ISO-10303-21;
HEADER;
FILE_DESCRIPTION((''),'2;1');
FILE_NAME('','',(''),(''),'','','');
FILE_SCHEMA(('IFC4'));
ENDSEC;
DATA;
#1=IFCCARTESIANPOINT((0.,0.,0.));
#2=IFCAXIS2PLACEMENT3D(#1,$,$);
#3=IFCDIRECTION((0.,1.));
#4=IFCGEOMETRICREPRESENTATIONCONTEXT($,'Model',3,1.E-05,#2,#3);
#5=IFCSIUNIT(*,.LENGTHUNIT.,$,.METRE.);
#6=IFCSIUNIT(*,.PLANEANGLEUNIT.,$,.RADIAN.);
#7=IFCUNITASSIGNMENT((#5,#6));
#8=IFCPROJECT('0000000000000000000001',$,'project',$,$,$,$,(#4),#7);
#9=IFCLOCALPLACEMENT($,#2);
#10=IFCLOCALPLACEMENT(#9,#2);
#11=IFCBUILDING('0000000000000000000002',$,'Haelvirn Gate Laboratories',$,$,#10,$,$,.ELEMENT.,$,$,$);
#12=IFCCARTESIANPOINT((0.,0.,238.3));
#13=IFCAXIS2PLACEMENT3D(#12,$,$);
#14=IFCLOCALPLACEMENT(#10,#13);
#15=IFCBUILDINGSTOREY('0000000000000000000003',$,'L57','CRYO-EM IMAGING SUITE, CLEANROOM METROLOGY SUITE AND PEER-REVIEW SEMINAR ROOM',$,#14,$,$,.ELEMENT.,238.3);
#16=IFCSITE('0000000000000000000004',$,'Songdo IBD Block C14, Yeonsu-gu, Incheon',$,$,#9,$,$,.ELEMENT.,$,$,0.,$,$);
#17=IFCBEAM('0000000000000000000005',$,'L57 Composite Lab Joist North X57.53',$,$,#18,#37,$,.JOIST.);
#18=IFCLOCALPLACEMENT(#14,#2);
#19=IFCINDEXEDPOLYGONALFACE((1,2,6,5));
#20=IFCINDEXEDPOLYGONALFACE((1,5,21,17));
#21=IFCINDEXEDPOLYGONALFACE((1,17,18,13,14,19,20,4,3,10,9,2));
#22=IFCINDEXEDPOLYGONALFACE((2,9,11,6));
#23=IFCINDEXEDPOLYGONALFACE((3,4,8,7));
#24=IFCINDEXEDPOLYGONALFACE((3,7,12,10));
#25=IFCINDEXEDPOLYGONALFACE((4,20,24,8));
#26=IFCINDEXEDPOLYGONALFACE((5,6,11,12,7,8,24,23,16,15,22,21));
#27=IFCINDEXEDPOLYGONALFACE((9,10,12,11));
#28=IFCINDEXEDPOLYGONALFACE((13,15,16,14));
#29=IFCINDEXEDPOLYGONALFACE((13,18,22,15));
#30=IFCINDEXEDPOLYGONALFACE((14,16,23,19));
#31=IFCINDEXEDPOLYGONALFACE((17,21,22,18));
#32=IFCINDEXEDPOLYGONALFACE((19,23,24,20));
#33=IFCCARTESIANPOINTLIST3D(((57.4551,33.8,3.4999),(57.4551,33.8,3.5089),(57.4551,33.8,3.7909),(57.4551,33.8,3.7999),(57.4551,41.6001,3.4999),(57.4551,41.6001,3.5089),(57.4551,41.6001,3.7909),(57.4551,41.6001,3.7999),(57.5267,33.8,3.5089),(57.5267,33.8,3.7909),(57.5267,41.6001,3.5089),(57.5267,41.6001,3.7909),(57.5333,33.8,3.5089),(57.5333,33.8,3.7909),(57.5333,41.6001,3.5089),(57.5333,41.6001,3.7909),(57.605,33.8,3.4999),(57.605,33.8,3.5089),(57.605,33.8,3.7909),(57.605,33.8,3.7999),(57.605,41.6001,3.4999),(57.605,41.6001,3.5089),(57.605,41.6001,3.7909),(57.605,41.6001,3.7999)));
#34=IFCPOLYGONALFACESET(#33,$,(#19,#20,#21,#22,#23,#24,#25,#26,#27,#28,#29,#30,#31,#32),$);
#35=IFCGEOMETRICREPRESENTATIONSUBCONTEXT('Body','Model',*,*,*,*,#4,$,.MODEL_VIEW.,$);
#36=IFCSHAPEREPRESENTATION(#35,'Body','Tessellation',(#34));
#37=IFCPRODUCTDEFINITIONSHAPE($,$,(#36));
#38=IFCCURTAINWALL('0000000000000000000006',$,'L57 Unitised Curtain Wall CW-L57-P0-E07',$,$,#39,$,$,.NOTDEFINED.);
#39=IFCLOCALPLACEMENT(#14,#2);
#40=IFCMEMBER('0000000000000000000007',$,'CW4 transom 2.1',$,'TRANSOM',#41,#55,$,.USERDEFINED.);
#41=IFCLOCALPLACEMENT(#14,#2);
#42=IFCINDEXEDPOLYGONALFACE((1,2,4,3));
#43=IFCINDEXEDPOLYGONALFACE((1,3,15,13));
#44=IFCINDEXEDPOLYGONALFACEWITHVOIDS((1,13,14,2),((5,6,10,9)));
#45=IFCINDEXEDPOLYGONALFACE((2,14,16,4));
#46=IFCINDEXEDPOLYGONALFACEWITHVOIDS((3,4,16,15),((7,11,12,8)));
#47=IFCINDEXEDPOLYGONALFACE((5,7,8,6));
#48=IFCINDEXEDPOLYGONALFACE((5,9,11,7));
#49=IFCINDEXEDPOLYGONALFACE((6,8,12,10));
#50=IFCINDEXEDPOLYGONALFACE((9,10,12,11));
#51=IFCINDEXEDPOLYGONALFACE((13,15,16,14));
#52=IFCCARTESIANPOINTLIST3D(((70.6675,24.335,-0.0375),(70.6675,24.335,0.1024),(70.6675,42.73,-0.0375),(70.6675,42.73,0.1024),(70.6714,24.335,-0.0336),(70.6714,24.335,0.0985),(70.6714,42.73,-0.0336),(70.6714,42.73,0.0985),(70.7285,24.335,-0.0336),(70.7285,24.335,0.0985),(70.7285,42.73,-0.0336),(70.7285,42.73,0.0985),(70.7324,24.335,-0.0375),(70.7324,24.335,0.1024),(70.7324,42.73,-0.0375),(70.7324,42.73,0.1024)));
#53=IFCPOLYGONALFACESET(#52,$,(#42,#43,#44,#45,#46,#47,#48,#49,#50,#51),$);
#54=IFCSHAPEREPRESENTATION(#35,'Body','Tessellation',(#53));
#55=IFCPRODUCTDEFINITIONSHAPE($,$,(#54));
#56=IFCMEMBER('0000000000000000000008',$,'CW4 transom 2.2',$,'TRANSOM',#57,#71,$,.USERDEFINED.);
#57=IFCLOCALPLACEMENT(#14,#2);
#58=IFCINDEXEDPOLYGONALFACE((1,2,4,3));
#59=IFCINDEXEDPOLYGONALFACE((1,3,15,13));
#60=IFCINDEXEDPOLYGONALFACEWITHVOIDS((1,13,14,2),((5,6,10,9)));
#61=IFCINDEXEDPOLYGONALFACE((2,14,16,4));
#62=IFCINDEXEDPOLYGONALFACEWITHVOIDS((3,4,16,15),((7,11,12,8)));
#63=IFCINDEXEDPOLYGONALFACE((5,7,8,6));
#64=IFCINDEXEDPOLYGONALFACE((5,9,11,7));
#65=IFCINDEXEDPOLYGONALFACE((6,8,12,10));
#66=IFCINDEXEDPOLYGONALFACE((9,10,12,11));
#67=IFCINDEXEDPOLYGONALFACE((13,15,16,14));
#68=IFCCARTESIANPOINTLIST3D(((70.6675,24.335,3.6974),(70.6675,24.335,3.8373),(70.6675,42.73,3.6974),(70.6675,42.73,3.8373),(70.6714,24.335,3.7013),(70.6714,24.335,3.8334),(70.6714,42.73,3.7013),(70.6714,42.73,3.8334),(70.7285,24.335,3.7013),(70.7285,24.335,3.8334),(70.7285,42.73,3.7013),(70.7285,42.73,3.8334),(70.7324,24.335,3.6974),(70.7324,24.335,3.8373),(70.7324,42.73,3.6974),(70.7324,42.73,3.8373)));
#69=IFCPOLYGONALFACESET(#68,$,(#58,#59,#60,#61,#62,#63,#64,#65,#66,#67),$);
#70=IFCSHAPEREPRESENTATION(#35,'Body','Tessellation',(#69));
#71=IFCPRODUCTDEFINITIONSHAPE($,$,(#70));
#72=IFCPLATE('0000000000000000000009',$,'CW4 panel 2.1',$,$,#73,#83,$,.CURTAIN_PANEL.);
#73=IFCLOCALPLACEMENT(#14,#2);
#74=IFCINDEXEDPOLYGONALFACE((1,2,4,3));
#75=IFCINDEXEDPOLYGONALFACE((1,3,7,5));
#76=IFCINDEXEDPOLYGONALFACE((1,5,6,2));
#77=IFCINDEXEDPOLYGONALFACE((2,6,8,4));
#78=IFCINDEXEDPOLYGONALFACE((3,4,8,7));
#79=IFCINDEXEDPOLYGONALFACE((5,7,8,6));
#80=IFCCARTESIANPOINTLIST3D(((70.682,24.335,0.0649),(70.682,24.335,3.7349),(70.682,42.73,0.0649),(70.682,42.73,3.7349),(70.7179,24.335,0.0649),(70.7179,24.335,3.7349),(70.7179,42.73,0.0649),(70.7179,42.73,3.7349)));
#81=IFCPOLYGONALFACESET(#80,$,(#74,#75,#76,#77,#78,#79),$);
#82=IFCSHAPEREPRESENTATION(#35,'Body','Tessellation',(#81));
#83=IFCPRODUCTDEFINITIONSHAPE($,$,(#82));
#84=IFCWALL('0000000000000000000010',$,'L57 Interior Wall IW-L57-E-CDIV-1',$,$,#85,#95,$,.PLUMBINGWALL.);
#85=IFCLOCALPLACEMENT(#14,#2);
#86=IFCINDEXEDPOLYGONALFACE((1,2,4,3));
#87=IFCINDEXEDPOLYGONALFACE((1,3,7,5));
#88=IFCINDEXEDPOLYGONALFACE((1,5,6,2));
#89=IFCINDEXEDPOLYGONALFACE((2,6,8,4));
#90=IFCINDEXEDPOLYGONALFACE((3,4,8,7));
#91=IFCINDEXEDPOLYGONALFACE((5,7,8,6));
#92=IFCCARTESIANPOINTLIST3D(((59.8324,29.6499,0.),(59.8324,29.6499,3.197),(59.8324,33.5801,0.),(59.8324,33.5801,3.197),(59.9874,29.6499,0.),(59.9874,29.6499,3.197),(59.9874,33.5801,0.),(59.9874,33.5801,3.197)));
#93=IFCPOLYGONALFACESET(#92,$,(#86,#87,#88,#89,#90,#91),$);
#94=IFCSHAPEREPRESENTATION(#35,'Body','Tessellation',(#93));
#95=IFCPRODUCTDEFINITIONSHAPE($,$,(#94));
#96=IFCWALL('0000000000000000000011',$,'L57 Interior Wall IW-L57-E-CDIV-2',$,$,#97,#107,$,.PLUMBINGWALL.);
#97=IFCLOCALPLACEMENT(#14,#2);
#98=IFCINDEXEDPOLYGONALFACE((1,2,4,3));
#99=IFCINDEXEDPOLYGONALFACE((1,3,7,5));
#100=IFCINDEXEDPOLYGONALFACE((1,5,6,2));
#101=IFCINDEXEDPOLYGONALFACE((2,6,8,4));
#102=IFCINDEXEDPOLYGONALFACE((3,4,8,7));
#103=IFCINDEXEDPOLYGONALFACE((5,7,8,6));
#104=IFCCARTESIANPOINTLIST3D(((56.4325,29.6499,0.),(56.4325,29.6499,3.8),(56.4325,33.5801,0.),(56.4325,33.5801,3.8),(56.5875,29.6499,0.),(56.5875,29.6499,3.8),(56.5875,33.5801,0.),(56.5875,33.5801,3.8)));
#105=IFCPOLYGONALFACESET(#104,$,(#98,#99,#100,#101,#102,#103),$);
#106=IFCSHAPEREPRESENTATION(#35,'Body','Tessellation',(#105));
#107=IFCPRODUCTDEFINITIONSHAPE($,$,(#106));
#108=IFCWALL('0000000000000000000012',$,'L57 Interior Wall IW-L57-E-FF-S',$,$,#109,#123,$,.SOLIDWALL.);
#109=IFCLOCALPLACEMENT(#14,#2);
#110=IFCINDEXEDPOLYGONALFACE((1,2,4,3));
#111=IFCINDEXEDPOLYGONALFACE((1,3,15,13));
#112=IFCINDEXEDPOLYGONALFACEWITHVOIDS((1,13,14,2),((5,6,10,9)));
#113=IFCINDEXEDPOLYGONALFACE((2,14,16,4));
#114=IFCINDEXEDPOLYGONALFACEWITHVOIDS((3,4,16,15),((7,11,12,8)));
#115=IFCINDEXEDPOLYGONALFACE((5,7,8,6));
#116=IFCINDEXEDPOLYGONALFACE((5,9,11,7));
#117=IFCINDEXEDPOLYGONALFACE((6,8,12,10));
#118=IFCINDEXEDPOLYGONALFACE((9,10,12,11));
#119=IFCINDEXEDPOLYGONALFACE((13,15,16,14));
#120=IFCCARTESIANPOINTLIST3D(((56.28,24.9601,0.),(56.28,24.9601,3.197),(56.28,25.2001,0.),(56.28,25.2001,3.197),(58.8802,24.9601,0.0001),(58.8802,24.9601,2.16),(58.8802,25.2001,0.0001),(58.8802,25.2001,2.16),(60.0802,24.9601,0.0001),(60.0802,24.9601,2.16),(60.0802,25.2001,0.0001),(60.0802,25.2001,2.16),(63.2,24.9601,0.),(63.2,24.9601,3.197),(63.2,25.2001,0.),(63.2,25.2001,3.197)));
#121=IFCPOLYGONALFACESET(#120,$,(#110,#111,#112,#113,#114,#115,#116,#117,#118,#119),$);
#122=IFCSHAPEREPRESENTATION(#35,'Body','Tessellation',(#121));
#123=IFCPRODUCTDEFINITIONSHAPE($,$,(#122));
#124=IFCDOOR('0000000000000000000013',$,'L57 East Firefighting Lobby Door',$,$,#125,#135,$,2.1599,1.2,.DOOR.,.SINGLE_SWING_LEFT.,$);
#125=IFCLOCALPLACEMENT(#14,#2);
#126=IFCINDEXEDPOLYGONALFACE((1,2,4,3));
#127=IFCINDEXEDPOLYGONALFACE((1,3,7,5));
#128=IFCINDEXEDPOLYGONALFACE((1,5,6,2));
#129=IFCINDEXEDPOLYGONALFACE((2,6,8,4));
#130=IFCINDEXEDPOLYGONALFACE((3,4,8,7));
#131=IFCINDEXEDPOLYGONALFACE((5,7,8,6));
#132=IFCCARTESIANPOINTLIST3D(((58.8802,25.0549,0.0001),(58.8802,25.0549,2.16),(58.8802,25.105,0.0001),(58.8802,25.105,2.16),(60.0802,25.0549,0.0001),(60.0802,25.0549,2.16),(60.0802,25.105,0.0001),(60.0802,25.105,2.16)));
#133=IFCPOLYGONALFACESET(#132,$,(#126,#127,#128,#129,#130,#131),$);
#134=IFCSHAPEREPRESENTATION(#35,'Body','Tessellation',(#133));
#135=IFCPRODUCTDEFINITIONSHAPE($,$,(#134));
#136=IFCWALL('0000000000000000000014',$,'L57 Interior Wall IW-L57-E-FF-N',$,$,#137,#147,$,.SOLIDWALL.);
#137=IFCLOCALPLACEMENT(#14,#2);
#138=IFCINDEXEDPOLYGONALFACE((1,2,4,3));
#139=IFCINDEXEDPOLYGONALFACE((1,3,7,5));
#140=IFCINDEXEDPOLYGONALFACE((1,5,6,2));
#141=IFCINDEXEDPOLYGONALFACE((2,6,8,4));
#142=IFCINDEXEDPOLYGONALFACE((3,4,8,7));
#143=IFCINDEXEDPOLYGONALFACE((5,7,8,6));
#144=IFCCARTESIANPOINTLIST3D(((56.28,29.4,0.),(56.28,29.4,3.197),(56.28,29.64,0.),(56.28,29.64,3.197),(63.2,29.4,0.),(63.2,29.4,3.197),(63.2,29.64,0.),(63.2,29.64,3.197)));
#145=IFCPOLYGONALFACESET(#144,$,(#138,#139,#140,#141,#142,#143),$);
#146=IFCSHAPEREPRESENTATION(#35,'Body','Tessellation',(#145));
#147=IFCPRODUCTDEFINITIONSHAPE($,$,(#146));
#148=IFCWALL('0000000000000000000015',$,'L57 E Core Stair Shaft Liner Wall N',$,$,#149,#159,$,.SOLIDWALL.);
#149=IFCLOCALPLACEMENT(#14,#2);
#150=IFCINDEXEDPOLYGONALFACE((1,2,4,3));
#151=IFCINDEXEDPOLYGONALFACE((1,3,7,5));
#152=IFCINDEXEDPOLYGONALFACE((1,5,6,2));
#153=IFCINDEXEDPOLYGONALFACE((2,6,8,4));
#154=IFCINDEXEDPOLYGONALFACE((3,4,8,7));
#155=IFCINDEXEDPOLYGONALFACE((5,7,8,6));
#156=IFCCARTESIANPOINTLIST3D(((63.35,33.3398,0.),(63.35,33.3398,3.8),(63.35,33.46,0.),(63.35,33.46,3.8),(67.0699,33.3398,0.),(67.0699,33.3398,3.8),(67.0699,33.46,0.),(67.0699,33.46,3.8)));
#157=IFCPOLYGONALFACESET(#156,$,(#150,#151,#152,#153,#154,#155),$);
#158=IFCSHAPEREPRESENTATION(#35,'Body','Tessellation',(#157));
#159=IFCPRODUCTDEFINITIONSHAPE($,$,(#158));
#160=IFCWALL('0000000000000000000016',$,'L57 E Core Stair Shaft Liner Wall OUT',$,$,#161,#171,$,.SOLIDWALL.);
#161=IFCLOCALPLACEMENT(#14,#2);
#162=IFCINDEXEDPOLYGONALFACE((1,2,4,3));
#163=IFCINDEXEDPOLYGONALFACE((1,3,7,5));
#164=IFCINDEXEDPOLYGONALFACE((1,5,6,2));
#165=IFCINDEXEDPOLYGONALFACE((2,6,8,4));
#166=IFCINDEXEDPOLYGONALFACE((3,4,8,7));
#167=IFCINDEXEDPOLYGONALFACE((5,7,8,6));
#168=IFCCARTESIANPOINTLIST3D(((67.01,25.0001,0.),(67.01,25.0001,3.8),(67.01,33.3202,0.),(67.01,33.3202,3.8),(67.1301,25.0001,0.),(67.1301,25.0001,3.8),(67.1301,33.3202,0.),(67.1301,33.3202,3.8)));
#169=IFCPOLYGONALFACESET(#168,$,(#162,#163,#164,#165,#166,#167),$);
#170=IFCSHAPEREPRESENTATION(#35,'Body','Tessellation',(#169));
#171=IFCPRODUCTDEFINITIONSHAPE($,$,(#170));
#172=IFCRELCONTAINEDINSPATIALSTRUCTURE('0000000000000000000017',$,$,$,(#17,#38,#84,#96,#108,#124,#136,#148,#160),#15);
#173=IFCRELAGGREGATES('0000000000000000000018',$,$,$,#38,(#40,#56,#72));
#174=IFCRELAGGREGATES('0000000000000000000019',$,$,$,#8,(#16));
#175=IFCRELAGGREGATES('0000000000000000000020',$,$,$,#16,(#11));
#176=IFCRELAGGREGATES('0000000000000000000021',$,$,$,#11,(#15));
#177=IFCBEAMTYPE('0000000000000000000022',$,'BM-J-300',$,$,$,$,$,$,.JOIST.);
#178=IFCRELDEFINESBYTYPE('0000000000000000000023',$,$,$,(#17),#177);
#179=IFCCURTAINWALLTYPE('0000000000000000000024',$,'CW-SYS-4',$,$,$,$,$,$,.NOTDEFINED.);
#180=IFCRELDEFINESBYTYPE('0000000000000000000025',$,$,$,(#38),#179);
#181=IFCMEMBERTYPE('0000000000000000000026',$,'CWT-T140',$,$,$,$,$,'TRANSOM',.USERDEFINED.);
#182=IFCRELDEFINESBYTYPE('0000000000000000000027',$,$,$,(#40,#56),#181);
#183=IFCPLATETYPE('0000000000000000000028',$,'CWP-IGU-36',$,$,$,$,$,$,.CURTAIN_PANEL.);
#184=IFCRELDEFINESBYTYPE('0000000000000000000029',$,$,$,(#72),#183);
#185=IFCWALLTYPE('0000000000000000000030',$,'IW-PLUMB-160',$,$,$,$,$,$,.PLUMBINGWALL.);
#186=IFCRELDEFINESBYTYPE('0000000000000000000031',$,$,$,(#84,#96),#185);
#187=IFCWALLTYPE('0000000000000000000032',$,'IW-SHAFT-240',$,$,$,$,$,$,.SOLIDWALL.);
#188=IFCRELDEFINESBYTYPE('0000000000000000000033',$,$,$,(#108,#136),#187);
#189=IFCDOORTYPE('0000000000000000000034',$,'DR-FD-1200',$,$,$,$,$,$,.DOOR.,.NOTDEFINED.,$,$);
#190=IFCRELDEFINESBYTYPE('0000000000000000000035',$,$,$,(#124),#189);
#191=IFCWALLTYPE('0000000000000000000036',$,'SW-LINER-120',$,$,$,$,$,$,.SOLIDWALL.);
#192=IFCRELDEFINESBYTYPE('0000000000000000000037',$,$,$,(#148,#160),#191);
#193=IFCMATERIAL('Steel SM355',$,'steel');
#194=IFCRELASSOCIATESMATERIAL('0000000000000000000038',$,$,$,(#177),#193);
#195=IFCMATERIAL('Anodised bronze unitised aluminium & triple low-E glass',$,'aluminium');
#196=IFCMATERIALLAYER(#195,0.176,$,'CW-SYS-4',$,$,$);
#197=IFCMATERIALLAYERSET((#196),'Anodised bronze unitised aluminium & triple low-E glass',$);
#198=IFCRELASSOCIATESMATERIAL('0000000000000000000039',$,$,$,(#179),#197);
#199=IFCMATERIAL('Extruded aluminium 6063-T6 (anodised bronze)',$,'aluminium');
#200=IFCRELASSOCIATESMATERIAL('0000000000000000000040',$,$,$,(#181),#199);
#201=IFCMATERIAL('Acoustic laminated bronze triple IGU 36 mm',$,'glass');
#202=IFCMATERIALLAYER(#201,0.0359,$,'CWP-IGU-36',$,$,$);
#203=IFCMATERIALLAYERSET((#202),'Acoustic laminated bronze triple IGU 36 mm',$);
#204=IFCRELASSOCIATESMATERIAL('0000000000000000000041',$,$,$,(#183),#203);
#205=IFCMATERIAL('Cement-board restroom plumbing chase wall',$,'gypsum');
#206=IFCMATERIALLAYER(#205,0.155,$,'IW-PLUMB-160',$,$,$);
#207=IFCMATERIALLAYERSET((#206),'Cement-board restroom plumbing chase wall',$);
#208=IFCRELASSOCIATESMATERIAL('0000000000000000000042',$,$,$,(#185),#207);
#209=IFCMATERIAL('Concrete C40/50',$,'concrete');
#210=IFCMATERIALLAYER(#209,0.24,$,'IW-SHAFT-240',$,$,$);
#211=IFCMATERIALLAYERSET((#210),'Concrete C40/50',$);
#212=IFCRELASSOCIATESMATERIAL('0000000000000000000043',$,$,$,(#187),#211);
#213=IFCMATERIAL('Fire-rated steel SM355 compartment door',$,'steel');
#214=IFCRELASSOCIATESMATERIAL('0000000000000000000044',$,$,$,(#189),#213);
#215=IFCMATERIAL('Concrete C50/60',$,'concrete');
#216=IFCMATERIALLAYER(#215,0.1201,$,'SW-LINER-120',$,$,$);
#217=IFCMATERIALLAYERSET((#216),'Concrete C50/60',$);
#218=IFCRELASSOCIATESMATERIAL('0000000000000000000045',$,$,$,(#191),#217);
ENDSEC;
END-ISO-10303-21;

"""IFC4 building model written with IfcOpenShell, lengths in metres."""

from ifc_helpers import new_model, si_unit, direction, frame, frame_2d, origin, origin_2d, place, context, subcontext, project, spatial, rectangle, hollow_rectangle, i_section, extrude, source, transform, mapped, material, layer, layer_set, material_profile, profile_set, type_object, type_shapes, element, fill, aggregate, save


model = new_model("IFC4")

# Units and contexts
model_context = context("Model", 3, precision=1e-05, world=origin(), true_north=direction((0.0, 1.0)))
body_context = subcontext(model_context, "Body", "Model", "MODEL_VIEW")
ifc_project = project(units=[si_unit("LENGTHUNIT", "METRE"), si_unit("PLANEANGLEUNIT", "RADIAN")], contexts=[model_context])

# Site, building, storey
site_placement = place(None, origin())
site = spatial("IfcSite", under=ifc_project, at=site_placement, Name="Songdo IBD Block C14, Yeonsu-gu, Incheon", CompositionType="ELEMENT", RefElevation=0.0)
building_placement = place(site_placement, origin())
building = spatial("IfcBuilding", under=site, at=building_placement, Name="Haelvirn Gate Laboratories", CompositionType="ELEMENT")
storey_placement = place(building_placement, frame((0.0, 0.0, 238.3)))
storey = spatial("IfcBuildingStorey", under=building, at=storey_placement, Name="L57", Description="CRYO-EM IMAGING SUITE, CLEANROOM METROLOGY SUITE AND PEER-REVIEW SEMINAR ROOM", CompositionType="ELEMENT", Elevation=238.3)

# Beam
ifc_material_1 = material(Name="Steel SM355", Category="steel")
ifc_material_profile_1 = material_profile(ifc_material_1, i_section(OverallWidth=0.1499, OverallDepth=0.3, WebThickness=0.0066, FlangeThickness=0.009, at=origin_2d()), Name="H-300x150x6.5x9")
ifc_profile_set_1 = profile_set([ifc_material_profile_1], Name="Steel SM355")
beam_type = type_object("IfcBeamType", Name="BM-J-300", PredefinedType="JOIST", material=ifc_profile_set_1)
shared_shape_1 = source(origin(), body_context, "Body", "SweptSolid", [
    extrude(i_section(OverallWidth=0.1499, OverallDepth=0.3, WebThickness=0.0066, FlangeThickness=0.009, at=origin_2d()), origin(), (0.0, 0.0, 1.0), 7.8),
])
type_shapes(beam_type, [shared_shape_1])
beam_placement = place(storey_placement, frame((57.53, 33.8, 3.6499), z_axis=(0.0, 1.0, 0.0), x_axis=(-1.0, 0.0, 0.0)))
element("IfcBeam", 1, at=beam_placement, inside=storey, type_object=beam_type, Name="L57 Composite Lab Joist North X57.53", PredefinedType="JOIST", context=body_context, shape_type="MappedRepresentation", body=[
    mapped(shared_shape_1, transform((0.0, 0.0, 0.0), scale=1.0)),
])

# Curtain wall, members, plate
ifc_material_2 = material(Name="Anodised bronze unitised aluminium & triple low-E glass", Category="aluminium")
ifc_layer_1 = layer(ifc_material_2, 0.176, Name="CW-SYS-4")
ifc_layer_set_1 = layer_set([ifc_layer_1], Name="Anodised bronze unitised aluminium & triple low-E glass")
curtain_wall_type = type_object("IfcCurtainWallType", Name="CW-SYS-4", PredefinedType="NOTDEFINED", material=ifc_layer_set_1)
curtain_wall_placement = place(storey_placement, origin())
curtain_wall = element("IfcCurtainWall", 2, at=curtain_wall_placement, inside=storey, type_object=curtain_wall_type, Name="L57 Unitised Curtain Wall CW-L57-P0-E07", PredefinedType="NOTDEFINED")
ifc_material_3 = material(Name="Extruded aluminium 6063-T6 (anodised bronze)", Category="aluminium")
ifc_material_profile_2 = material_profile(ifc_material_3, hollow_rectangle(XDim=0.0649, YDim=0.1399, WallThickness=0.0039, at=origin_2d()), Name="CWT-140x65x4")
ifc_profile_set_2 = profile_set([ifc_material_profile_2], Name="Extruded aluminium 6063-T6 (anodised bronze)")
member_type = type_object("IfcMemberType", Name="CWT-T140", ElementType="TRANSOM", PredefinedType="USERDEFINED", material=ifc_profile_set_2)
shared_shape_2 = source(origin(), body_context, "Body", "SweptSolid", [
    extrude(hollow_rectangle(XDim=0.0649, YDim=0.1399, WallThickness=0.0039, at=origin_2d()), origin(), (0.0, 0.0, 1.0), 18.395),
])
type_shapes(member_type, [shared_shape_2])
member_1_placement = place(storey_placement, frame((70.7, 24.335, 0.0325), z_axis=(0.0, 1.0, 0.0), x_axis=(-1.0, 0.0, 0.0)))
member_1 = element("IfcMember", 3, at=member_1_placement, type_object=member_type, Name="CW4 transom 2.1", ObjectType="TRANSOM", PredefinedType="USERDEFINED", context=body_context, shape_type="MappedRepresentation", body=[
    mapped(shared_shape_2, transform((0.0, 0.0, 0.0), scale=1.0)),
])
member_2_placement = place(storey_placement, frame((70.7, 24.335, 3.7673), z_axis=(0.0, 1.0, 0.0), x_axis=(-1.0, 0.0, 0.0)))
member_2 = element("IfcMember", 4, at=member_2_placement, type_object=member_type, Name="CW4 transom 2.2", ObjectType="TRANSOM", PredefinedType="USERDEFINED", context=body_context, shape_type="MappedRepresentation", body=[
    mapped(shared_shape_2, transform((0.0, 0.0, 0.0), scale=1.0)),
])
ifc_material_4 = material(Name="Acoustic laminated bronze triple IGU 36 mm", Category="glass")
ifc_layer_2 = layer(ifc_material_4, 0.0359, Name="CWP-IGU-36")
ifc_layer_set_2 = layer_set([ifc_layer_2], Name="Acoustic laminated bronze triple IGU 36 mm")
plate_type = type_object("IfcPlateType", Name="CWP-IGU-36", PredefinedType="CURTAIN_PANEL", material=ifc_layer_set_2)
shared_shape_3 = source(origin(), body_context, "Body", "SweptSolid", [
    extrude(rectangle(XDim=18.395, YDim=0.0359, at=origin_2d()), origin(), (0.0, 0.0, 1.0), 3.6699),
])
type_shapes(plate_type, [shared_shape_3])
plate_placement = place(storey_placement, frame((70.7, 33.5325, 0.0649), z_axis=(0.0, 0.0, 1.0), x_axis=(0.0, 1.0, 0.0)))
plate = element("IfcPlate", 5, at=plate_placement, type_object=plate_type, Name="CW4 panel 2.1", PredefinedType="CURTAIN_PANEL", context=body_context, shape_type="MappedRepresentation", body=[
    mapped(shared_shape_3, transform((0.0, 0.0, 0.0), scale=1.0)),
])
aggregate(curtain_wall, [member_1, member_2, plate])

# Walls
ifc_material_5 = material(Name="Cement-board restroom plumbing chase wall", Category="gypsum")
ifc_layer_3 = layer(ifc_material_5, 0.155, Name="IW-PLUMB-160")
ifc_layer_set_3 = layer_set([ifc_layer_3], Name="Cement-board restroom plumbing chase wall")
wall_type_1 = type_object("IfcWallType", Name="IW-PLUMB-160", PredefinedType="PLUMBINGWALL", material=ifc_layer_set_3)
wall_1_placement = place(storey_placement, frame((59.9099, 29.6499, 0.0), z_axis=(0.0, 0.0, 1.0), x_axis=(0.0, 1.0, 0.0)))
element("IfcWall", 6, at=wall_1_placement, inside=storey, type_object=wall_type_1, Name="L57 Interior Wall IW-L57-E-CDIV-1", PredefinedType="PLUMBINGWALL", context=body_context, shape_type="SweptSolid", body=[
    extrude(rectangle(XDim=3.9302, YDim=0.155, at=frame_2d((1.9651, 0.0))), origin(), (0.0, 0.0, 1.0), 3.197),
])
wall_2_placement = place(storey_placement, frame((56.51, 29.6499, 0.0), z_axis=(0.0, 0.0, 1.0), x_axis=(0.0, 1.0, 0.0)))
element("IfcWall", 7, at=wall_2_placement, inside=storey, type_object=wall_type_1, Name="L57 Interior Wall IW-L57-E-CDIV-2", PredefinedType="PLUMBINGWALL", context=body_context, shape_type="SweptSolid", body=[
    extrude(rectangle(XDim=3.9302, YDim=0.155, at=frame_2d((1.9651, 0.0))), origin(), (0.0, 0.0, 1.0), 3.8),
])

# Wall, opening, door
ifc_material_6 = material(Name="Concrete C40/50", Category="concrete")
ifc_layer_4 = layer(ifc_material_6, 0.24, Name="IW-SHAFT-240")
ifc_layer_set_4 = layer_set([ifc_layer_4], Name="Concrete C40/50")
wall_type_2 = type_object("IfcWallType", Name="IW-SHAFT-240", PredefinedType="SOLIDWALL", material=ifc_layer_set_4)
wall_3_placement = place(storey_placement, frame((56.28, 25.0801, 0.0), z_axis=(0.0, 0.0, 1.0), x_axis=(1.0, 0.0, 0.0)))
wall_3 = element("IfcWall", 8, at=wall_3_placement, inside=storey, type_object=wall_type_2, Name="L57 Interior Wall IW-L57-E-FF-S", PredefinedType="SOLIDWALL", context=body_context, shape_type="SweptSolid", body=[
    extrude(rectangle(XDim=6.9199, YDim=0.24, at=frame_2d((3.46, 0.0))), origin(), (0.0, 0.0, 1.0), 3.197),
])
opening_1_placement = place(wall_3_placement, frame((2.6001, 0.0, 0.0)))
opening_1 = element("IfcOpeningElement", 9, at=opening_1_placement, cuts=wall_3, PredefinedType="OPENING", context=body_context, shape_type="SweptSolid", body=[
    extrude(rectangle(XDim=1.2, YDim=2.1599, at=frame_2d((0.6001, 1.0801))), frame((0.0, 0.1299, 0.0), z_axis=(0.0, -1.0, 0.0), x_axis=(1.0, 0.0, 0.0)), (0.0, 0.0, 1.0), 0.26),
])
ifc_material_7 = material(Name="Fire-rated steel SM355 compartment door", Category="steel")
door_type_1 = type_object("IfcDoorType", Name="DR-FD-1200", OperationType="NOTDEFINED", PredefinedType="DOOR", material=ifc_material_7)
shared_shape_4 = source(origin(), body_context, "Body", "SweptSolid", [
    extrude(rectangle(XDim=1.2, YDim=2.1599, at=frame_2d((0.6001, 1.0801))), frame((0.0, 0.0249, 0.0), z_axis=(0.0, -1.0, 0.0), x_axis=(1.0, 0.0, 0.0)), (0.0, 0.0, 1.0), 0.05),
])
type_shapes(door_type_1, [shared_shape_4])
door_1_placement = place(opening_1_placement, origin())
door_1 = element("IfcDoor", 10, at=door_1_placement, inside=storey, type_object=door_type_1, Name="L57 East Firefighting Lobby Door", OperationType="SINGLE_SWING_LEFT", OverallHeight=2.1599, OverallWidth=1.2, PredefinedType="DOOR", context=body_context, shape_type="MappedRepresentation", body=[
    mapped(shared_shape_4, transform((0.0, 0.0, 0.0), scale=1.0)),
])
fill(opening_1, door_1)

# Walls
wall_4_placement = place(storey_placement, frame((56.28, 29.52, 0.0), z_axis=(0.0, 0.0, 1.0), x_axis=(1.0, 0.0, 0.0)))
element("IfcWall", 11, at=wall_4_placement, inside=storey, type_object=wall_type_2, Name="L57 Interior Wall IW-L57-E-FF-N", PredefinedType="SOLIDWALL", context=body_context, shape_type="SweptSolid", body=[
    extrude(rectangle(XDim=6.9199, YDim=0.24, at=frame_2d((3.46, 0.0))), origin(), (0.0, 0.0, 1.0), 3.197),
])
ifc_material_8 = material(Name="Concrete C50/60", Category="concrete")
ifc_layer_5 = layer(ifc_material_8, 0.1201, Name="SW-LINER-120")
ifc_layer_set_5 = layer_set([ifc_layer_5], Name="Concrete C50/60")
wall_type_3 = type_object("IfcWallType", Name="SW-LINER-120", PredefinedType="SOLIDWALL", material=ifc_layer_set_5)
wall_5_placement = place(storey_placement, frame((63.3501, 33.3999, 0.0), z_axis=(0.0, 0.0, 1.0), x_axis=(1.0, 0.0, 0.0)))
element("IfcWall", 12, at=wall_5_placement, inside=storey, type_object=wall_type_3, Name="L57 E Core Stair Shaft Liner Wall N", PredefinedType="SOLIDWALL", context=body_context, shape_type="SweptSolid", body=[
    extrude(rectangle(XDim=3.72, YDim=0.1201, at=frame_2d((1.8599, 0.0))), origin(), (0.0, 0.0, 1.0), 3.8),
])
wall_6_placement = place(storey_placement, frame((67.0701, 25.0, 0.0), z_axis=(0.0, 0.0, 1.0), x_axis=(0.0, 1.0, 0.0)))
element("IfcWall", 13, at=wall_6_placement, inside=storey, type_object=wall_type_3, Name="L57 E Core Stair Shaft Liner Wall OUT", PredefinedType="SOLIDWALL", context=body_context, shape_type="SweptSolid", body=[
    extrude(rectangle(XDim=8.3201, YDim=0.1201, at=frame_2d((4.1602, 0.0))), origin(), (0.0, 0.0, 1.0), 3.8),
])

save(model, "model.ifc")
